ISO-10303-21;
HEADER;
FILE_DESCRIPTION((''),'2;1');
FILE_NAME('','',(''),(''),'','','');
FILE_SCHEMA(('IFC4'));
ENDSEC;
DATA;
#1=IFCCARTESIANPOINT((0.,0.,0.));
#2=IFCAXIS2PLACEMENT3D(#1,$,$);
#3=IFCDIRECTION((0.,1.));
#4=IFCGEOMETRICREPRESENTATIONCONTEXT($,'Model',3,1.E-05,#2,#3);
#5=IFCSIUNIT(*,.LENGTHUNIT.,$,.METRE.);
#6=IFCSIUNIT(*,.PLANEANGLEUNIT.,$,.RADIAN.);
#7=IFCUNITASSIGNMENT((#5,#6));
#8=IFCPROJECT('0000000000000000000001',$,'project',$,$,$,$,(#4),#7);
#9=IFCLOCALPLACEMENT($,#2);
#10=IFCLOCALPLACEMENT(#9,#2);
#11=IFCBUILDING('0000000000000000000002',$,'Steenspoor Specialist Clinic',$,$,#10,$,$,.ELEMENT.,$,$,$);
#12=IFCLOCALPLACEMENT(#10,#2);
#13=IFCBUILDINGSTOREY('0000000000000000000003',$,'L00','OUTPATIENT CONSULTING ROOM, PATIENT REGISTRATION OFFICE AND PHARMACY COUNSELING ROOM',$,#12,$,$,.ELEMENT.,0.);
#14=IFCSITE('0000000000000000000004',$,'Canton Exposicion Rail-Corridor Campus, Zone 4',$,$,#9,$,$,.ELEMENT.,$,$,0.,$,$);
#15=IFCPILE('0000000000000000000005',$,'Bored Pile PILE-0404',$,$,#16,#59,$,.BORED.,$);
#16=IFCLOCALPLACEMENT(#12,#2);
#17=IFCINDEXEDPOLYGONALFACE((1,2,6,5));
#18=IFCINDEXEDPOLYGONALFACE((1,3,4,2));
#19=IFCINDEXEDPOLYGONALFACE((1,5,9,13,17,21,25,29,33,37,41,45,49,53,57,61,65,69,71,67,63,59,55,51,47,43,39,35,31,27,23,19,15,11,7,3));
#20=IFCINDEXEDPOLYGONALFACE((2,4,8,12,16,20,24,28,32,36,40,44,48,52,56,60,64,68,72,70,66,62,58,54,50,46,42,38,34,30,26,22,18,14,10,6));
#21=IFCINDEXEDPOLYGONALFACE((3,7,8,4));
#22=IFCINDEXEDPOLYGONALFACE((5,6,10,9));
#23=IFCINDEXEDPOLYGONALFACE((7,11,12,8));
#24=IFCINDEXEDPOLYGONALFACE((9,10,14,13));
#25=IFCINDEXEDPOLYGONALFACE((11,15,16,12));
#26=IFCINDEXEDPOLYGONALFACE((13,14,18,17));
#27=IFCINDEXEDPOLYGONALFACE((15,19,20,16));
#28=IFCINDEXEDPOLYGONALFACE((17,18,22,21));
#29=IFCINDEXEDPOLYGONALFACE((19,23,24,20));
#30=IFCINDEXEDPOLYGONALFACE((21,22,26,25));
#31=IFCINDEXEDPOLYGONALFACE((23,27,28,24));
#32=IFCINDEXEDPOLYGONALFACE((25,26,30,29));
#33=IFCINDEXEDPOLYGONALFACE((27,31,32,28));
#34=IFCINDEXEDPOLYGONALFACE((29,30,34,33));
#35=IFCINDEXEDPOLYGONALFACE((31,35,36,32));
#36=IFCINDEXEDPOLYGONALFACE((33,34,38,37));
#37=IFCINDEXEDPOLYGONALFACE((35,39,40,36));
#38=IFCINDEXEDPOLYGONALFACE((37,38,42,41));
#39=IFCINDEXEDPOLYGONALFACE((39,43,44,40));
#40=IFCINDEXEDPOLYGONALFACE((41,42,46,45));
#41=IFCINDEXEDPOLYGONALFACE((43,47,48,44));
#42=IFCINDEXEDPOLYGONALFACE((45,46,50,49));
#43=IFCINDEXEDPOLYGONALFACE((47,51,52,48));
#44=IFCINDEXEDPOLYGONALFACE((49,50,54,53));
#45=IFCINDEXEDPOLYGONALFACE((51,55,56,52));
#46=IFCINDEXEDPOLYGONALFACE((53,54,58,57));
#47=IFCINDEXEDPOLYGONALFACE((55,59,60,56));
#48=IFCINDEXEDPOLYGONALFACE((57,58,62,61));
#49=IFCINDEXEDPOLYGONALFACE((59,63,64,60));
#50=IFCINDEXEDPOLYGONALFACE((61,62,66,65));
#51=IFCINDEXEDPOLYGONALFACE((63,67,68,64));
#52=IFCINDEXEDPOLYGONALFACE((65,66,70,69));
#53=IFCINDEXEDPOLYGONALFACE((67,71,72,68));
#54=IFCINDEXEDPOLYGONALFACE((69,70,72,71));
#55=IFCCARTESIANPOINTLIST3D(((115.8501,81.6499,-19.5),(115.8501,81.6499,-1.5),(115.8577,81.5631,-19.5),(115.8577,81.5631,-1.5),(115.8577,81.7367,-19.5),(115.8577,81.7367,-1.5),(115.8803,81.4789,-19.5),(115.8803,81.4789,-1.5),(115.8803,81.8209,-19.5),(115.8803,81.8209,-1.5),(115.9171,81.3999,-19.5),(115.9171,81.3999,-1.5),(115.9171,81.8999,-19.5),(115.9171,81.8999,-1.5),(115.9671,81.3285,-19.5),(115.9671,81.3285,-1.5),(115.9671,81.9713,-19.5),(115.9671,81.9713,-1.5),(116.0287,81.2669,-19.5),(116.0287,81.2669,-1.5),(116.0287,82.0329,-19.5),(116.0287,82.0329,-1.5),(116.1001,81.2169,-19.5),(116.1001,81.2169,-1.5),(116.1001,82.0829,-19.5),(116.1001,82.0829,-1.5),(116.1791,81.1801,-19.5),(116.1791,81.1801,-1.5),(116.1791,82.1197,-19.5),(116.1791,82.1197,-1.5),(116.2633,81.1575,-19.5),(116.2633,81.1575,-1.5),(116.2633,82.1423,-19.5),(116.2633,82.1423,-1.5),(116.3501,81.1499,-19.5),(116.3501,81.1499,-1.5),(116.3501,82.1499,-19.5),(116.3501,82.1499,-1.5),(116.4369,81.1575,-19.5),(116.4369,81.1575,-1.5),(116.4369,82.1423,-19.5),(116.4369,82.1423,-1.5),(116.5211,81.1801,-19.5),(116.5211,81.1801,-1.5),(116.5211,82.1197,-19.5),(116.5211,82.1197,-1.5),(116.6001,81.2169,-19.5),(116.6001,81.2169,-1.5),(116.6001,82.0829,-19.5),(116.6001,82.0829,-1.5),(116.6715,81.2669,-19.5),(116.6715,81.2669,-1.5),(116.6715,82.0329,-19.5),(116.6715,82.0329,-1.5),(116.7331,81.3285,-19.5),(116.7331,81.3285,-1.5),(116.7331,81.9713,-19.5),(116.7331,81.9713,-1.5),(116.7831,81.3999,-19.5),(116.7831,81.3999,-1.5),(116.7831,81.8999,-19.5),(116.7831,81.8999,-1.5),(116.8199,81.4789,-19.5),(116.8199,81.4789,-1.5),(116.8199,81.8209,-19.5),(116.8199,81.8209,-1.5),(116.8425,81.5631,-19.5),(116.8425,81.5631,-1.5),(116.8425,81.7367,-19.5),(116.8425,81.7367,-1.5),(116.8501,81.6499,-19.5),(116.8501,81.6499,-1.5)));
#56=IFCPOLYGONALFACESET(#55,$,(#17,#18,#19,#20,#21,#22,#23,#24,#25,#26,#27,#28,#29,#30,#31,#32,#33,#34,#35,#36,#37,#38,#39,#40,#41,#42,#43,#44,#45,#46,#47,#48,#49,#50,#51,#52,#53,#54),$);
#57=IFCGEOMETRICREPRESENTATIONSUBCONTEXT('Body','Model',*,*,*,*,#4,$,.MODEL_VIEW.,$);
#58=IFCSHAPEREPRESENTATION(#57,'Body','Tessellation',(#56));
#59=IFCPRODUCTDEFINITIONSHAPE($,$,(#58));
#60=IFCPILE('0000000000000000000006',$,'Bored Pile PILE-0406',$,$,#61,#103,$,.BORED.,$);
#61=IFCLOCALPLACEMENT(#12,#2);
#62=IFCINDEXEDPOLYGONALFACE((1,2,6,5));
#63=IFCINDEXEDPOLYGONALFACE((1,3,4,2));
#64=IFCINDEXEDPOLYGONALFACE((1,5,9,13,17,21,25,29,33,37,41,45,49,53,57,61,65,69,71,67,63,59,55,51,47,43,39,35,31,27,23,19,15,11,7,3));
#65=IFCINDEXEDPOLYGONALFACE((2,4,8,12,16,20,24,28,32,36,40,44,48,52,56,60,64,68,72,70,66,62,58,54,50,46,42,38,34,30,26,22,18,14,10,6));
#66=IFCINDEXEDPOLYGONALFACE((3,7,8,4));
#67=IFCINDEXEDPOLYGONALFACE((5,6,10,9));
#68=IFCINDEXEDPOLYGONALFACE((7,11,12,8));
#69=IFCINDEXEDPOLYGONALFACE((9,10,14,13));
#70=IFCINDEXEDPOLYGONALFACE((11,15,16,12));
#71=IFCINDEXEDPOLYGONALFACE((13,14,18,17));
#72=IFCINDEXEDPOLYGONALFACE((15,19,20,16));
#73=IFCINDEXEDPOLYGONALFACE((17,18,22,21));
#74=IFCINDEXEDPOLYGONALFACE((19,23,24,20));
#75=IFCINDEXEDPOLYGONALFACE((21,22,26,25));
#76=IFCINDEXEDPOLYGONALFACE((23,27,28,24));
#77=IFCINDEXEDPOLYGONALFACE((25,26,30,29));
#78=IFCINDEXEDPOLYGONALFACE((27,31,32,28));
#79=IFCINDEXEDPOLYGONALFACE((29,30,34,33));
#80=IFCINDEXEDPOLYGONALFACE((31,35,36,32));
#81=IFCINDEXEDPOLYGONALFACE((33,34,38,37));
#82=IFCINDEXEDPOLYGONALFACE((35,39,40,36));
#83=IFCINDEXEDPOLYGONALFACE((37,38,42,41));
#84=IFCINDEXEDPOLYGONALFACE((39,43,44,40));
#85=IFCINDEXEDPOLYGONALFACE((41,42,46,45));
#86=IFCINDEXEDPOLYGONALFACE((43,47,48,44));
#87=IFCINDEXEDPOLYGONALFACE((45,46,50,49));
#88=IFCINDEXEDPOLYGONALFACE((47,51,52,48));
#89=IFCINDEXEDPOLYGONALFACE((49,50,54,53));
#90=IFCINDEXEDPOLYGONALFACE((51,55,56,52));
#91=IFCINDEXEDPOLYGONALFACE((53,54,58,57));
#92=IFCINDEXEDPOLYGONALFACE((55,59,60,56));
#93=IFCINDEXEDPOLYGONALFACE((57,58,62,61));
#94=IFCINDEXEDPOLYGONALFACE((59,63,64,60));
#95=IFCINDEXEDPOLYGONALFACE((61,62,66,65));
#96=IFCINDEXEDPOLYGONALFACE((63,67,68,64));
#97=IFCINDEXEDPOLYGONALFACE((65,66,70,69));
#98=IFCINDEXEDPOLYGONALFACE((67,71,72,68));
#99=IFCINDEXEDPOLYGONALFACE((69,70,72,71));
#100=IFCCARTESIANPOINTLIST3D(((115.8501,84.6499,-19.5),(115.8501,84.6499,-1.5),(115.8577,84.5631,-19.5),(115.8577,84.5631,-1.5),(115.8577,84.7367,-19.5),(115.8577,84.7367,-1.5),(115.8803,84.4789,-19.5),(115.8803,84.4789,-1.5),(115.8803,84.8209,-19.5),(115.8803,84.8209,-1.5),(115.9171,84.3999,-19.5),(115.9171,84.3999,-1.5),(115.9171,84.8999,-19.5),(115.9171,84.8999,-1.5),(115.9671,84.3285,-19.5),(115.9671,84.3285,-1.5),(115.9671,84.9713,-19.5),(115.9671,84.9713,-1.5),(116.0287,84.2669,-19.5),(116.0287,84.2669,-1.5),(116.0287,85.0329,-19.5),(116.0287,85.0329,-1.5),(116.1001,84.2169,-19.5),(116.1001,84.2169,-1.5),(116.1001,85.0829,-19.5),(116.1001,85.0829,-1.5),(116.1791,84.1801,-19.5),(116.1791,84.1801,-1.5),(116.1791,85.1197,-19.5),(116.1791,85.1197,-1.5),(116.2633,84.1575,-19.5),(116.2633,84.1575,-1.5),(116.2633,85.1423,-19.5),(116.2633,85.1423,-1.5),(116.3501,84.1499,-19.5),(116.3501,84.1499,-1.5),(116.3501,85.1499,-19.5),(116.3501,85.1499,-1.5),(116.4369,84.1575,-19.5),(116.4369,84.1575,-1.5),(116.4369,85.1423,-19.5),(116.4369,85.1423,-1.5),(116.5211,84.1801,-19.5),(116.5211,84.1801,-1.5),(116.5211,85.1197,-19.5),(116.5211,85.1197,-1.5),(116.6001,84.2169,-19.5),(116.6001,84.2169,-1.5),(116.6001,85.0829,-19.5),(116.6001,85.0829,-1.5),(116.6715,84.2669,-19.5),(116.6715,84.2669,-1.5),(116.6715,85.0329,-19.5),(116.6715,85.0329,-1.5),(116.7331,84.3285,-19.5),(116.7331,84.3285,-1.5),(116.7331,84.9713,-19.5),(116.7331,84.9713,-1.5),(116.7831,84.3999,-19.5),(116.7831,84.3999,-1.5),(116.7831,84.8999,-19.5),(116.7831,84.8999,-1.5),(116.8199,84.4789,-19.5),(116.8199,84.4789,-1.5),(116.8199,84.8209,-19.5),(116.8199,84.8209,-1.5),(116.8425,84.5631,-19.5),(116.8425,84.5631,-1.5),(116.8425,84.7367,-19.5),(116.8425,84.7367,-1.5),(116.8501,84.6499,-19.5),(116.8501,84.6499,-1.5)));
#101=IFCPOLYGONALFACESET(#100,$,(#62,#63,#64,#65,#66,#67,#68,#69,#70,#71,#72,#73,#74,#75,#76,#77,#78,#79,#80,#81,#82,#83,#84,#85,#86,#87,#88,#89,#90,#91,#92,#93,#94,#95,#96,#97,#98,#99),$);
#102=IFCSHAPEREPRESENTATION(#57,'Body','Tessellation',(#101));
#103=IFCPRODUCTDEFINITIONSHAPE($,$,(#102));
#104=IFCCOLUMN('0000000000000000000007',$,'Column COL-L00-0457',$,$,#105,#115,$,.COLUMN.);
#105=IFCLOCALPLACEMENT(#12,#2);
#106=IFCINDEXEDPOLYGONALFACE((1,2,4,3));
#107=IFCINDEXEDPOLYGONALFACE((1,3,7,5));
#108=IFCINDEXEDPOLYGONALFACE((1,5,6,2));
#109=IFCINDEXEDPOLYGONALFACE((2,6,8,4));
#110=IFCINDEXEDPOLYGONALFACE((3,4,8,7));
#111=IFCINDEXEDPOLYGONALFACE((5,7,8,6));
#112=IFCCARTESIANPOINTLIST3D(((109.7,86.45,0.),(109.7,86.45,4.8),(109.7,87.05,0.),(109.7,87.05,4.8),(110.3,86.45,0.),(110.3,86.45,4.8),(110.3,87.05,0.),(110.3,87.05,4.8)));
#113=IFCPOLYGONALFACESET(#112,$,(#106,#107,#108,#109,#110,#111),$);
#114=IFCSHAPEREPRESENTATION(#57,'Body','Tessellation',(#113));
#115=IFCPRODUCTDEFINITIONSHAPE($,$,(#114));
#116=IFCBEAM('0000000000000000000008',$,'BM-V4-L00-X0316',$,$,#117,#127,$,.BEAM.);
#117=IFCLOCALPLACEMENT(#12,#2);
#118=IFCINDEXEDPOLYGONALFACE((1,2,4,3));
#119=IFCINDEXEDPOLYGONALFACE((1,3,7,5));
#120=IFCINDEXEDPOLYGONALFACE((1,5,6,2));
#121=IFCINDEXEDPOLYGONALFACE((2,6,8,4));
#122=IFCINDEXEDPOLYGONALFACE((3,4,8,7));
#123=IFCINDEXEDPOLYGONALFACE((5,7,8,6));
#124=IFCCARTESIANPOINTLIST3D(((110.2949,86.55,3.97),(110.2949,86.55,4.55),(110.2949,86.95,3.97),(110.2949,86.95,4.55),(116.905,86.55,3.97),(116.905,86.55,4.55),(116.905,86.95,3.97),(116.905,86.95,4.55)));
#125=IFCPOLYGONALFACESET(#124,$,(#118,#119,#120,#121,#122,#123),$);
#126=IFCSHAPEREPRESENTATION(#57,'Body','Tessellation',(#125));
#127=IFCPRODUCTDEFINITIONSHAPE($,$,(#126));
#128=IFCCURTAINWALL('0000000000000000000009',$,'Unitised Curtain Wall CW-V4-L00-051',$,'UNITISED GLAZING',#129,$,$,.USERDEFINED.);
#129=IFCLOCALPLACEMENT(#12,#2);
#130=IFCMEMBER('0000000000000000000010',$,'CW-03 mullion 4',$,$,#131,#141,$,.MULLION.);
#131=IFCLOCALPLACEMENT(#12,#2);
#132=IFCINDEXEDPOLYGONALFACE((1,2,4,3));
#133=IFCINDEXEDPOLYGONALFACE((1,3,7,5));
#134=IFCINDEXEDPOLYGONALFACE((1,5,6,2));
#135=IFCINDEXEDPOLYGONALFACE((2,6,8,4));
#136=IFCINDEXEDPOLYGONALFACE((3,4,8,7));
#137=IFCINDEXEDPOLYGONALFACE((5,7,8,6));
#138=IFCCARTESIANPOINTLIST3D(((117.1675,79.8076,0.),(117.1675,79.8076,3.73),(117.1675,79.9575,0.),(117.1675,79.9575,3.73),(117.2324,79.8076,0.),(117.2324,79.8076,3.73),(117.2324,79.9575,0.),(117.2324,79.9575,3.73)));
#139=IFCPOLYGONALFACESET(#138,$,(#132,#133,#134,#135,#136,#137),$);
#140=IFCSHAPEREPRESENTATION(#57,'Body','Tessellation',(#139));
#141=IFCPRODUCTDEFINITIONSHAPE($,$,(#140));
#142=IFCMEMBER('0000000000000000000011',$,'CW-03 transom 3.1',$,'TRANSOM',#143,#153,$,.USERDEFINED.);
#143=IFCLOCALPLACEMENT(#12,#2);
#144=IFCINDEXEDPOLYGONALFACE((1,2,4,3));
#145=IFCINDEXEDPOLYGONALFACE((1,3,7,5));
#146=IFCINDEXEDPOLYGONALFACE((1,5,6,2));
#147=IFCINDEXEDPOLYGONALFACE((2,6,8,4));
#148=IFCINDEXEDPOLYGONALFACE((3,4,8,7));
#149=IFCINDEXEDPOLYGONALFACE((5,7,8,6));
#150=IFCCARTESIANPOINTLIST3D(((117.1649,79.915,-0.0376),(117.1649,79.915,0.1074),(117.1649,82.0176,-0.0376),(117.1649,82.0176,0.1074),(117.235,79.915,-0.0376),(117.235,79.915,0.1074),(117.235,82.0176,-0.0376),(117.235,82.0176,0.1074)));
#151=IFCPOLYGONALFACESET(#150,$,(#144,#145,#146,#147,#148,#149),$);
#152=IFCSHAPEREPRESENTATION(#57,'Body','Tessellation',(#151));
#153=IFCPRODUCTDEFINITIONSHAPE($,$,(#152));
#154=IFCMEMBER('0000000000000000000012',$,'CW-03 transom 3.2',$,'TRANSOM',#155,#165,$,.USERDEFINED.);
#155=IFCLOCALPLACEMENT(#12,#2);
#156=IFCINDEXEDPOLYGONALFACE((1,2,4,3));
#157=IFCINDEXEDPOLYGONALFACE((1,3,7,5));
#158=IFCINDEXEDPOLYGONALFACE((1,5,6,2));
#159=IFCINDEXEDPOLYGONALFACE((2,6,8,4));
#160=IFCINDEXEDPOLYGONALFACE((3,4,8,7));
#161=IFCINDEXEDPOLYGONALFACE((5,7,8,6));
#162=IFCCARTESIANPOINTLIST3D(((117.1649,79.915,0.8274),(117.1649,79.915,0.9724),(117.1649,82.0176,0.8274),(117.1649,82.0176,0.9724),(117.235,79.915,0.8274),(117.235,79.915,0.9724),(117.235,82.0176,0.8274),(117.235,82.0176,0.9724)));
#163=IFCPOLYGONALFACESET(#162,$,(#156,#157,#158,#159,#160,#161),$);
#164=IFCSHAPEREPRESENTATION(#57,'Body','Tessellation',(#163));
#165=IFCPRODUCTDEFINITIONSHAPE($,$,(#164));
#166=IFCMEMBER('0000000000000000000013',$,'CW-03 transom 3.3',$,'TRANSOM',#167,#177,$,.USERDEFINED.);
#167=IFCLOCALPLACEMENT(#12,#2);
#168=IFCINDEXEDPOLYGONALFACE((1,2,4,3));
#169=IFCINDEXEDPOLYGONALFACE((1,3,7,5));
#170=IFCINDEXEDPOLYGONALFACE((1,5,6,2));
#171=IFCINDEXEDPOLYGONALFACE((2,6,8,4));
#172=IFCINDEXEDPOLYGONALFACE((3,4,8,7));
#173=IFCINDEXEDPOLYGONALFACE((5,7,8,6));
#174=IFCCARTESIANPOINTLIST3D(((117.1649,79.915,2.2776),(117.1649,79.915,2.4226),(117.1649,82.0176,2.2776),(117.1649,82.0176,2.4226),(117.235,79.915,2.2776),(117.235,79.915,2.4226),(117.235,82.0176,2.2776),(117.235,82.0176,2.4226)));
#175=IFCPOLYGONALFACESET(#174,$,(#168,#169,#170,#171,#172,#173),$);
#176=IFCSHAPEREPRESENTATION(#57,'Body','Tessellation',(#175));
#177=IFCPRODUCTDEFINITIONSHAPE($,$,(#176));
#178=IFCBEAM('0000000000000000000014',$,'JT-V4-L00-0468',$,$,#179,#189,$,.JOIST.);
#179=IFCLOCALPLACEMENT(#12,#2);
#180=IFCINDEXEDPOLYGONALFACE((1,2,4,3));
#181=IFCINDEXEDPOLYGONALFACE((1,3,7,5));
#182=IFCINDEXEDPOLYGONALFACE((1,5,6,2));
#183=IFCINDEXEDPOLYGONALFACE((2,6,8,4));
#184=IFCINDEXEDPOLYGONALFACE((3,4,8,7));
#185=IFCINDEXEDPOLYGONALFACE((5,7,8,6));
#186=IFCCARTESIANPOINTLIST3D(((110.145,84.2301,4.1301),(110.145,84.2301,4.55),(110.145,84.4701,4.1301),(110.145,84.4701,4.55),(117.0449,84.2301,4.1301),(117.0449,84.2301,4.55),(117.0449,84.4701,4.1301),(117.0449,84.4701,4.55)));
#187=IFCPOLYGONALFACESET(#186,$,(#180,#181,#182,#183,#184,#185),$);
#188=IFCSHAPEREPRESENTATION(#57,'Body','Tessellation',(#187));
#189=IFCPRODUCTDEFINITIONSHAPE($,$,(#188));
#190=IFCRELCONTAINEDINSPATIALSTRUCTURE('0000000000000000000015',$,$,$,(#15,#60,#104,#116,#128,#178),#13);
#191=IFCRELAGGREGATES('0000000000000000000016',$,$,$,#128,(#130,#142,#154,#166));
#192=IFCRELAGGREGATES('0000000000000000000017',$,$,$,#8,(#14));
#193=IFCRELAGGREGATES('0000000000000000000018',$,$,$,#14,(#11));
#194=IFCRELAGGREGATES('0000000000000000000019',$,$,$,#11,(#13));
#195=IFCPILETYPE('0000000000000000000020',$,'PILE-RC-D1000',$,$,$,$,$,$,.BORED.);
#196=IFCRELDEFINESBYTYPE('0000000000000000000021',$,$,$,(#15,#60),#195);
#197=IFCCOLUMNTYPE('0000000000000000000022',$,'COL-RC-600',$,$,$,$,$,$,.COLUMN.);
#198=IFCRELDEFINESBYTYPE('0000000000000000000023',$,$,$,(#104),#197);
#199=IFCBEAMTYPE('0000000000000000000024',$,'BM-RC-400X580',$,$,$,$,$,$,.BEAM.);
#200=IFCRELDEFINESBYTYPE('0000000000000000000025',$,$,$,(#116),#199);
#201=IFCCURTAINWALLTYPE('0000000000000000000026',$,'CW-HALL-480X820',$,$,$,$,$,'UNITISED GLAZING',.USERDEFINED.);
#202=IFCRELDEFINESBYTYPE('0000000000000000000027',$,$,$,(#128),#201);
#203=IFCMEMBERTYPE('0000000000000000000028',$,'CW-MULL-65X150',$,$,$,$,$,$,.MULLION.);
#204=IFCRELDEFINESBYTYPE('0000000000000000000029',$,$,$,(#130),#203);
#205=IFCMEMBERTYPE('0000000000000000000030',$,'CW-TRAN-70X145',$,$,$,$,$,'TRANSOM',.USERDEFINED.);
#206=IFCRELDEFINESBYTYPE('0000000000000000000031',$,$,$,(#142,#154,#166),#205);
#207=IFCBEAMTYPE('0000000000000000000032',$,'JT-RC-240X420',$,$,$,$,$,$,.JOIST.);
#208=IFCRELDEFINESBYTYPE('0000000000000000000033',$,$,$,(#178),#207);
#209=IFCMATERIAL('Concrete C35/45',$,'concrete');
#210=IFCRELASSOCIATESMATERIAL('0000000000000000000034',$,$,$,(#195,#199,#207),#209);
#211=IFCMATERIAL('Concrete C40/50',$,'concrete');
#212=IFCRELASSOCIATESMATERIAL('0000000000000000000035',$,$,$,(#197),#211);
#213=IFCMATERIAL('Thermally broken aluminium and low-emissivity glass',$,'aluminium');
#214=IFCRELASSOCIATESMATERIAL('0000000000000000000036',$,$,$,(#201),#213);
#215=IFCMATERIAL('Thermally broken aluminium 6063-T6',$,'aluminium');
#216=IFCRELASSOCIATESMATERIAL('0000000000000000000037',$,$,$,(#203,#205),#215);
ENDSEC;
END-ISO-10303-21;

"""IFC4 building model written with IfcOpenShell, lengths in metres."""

from ifc_helpers import new_model, si_unit, direction, frame, origin, origin_2d, place, context, subcontext, project, spatial, rectangle, circle, extrude, material, material_profile, profile_set, type_object, element, aggregate, save


model = new_model("IFC4")

# Units and contexts
model_context = context("Model", 3, precision=1e-05, world=origin(), true_north=direction((0.0, 1.0)))
body_context = subcontext(model_context, "Body", "Model", "MODEL_VIEW")
ifc_project = project(units=[si_unit("LENGTHUNIT", "METRE"), si_unit("PLANEANGLEUNIT", "RADIAN")], contexts=[model_context])

# Site, building, storey
site_placement = place(None, origin())
site = spatial("IfcSite", under=ifc_project, at=site_placement, Name="Canton Exposicion Rail-Corridor Campus, Zone 4", CompositionType="ELEMENT", RefElevation=0.0)
building_placement = place(site_placement, origin())
building = spatial("IfcBuilding", under=site, at=building_placement, Name="Steenspoor Specialist Clinic", CompositionType="ELEMENT")
storey_placement = place(building_placement, origin())
storey = spatial("IfcBuildingStorey", under=building, at=storey_placement, Name="L00", Description="OUTPATIENT CONSULTING ROOM, PATIENT REGISTRATION OFFICE AND PHARMACY COUNSELING ROOM", CompositionType="ELEMENT", Elevation=0.0)

# Shared definitions
ifc_material_1 = material(Name="Concrete C35/45", Category="concrete")

# Piles
ifc_material_profile_1 = material_profile(ifc_material_1, circle(Radius=0.5, at=origin_2d()), Name="PILE-D1000")
ifc_profile_set_1 = profile_set([ifc_material_profile_1], Name="Concrete C35/45")
pile_type = type_object("IfcPileType", Name="PILE-RC-D1000", PredefinedType="BORED", material=ifc_profile_set_1)
for number, where, z_axis, x_axis, name in (
    (1, (116.3501, 81.6499, -1.5), (0.0, 0.0, -1.0), (1.0, 0.0, 0.0), "Bored Pile PILE-0404"),
    (2, (116.3501, 84.6499, -1.5), (0.0, 0.0, -1.0), (1.0, 0.0, 0.0), "Bored Pile PILE-0406"),
):
    element("IfcPile", number, at=place(storey_placement, frame(where, z_axis=z_axis, x_axis=x_axis)), inside=storey, type_object=pile_type, Name=name, PredefinedType="BORED", context=body_context, shape_type="SweptSolid", body=[
        extrude(circle(Radius=0.5, at=origin_2d()), origin(), (0.0, 0.0, 1.0), 18.0),
    ])

# Column
ifc_material_2 = material(Name="Concrete C40/50", Category="concrete")
ifc_material_profile_2 = material_profile(ifc_material_2, rectangle(XDim=0.6001, YDim=0.6001, at=origin_2d()), Name="RC-COL-600X600")
ifc_profile_set_2 = profile_set([ifc_material_profile_2], Name="Concrete C40/50")
column_type = type_object("IfcColumnType", Name="COL-RC-600", PredefinedType="COLUMN", material=ifc_profile_set_2)
column_placement = place(storey_placement, frame((110.0, 86.75, 0.0), z_axis=(0.0, 0.0, 1.0), x_axis=(1.0, 0.0, 0.0)))
element("IfcColumn", 3, at=column_placement, inside=storey, type_object=column_type, Name="Column COL-L00-0457", PredefinedType="COLUMN", context=body_context, shape_type="SweptSolid", body=[
    extrude(rectangle(XDim=0.6001, YDim=0.6001, at=origin_2d()), origin(), (0.0, 0.0, 1.0), 4.8),
])

# Beam
ifc_material_profile_3 = material_profile(ifc_material_1, rectangle(XDim=0.3999, YDim=0.5801, at=origin_2d()), Name="RC-BM-400X580")
ifc_profile_set_3 = profile_set([ifc_material_profile_3], Name="Concrete C35/45")
beam_type_1 = type_object("IfcBeamType", Name="BM-RC-400X580", PredefinedType="BEAM", material=ifc_profile_set_3)
beam_1_placement = place(storey_placement, frame((110.2949, 86.75, 4.26), z_axis=(1.0, 0.0, 0.0), x_axis=(0.0, 1.0, 0.0)))
element("IfcBeam", 4, at=beam_1_placement, inside=storey, type_object=beam_type_1, Name="BM-V4-L00-X0316", PredefinedType="BEAM", context=body_context, shape_type="SweptSolid", body=[
    extrude(rectangle(XDim=0.3999, YDim=0.5801, at=origin_2d()), origin(), (0.0, 0.0, 1.0), 6.6101),
])

# Curtain wall, members
ifc_material_3 = material(Name="Thermally broken aluminium and low-emissivity glass", Category="aluminium")
curtain_wall_type = type_object("IfcCurtainWallType", Name="CW-HALL-480X820", ElementType="UNITISED GLAZING", PredefinedType="USERDEFINED", material=ifc_material_3)
curtain_wall_placement = place(storey_placement, origin())
curtain_wall = element("IfcCurtainWall", 5, at=curtain_wall_placement, inside=storey, type_object=curtain_wall_type, Name="Unitised Curtain Wall CW-V4-L00-051", ObjectType="UNITISED GLAZING", PredefinedType="USERDEFINED")
ifc_material_4 = material(Name="Thermally broken aluminium 6063-T6", Category="aluminium")
ifc_material_profile_4 = material_profile(ifc_material_4, rectangle(XDim=0.0649, YDim=0.1499, at=origin_2d()), Name="CWM-65X150")
ifc_profile_set_4 = profile_set([ifc_material_profile_4], Name="Thermally broken aluminium 6063-T6")
member_type_1 = type_object("IfcMemberType", Name="CW-MULL-65X150", PredefinedType="MULLION", material=ifc_profile_set_4)
member_1_placement = place(storey_placement, frame((117.2, 79.8826, 0.0), z_axis=(0.0, 0.0, 1.0), x_axis=(1.0, 0.0, 0.0)))
member_1 = element("IfcMember", 6, at=member_1_placement, type_object=member_type_1, Name="CW-03 mullion 4", PredefinedType="MULLION", context=body_context, shape_type="SweptSolid", body=[
    extrude(rectangle(XDim=0.0649, YDim=0.1499, at=origin_2d()), origin(), (0.0, 0.0, 1.0), 3.73),
])
ifc_material_profile_5 = material_profile(ifc_material_4, rectangle(XDim=0.0701, YDim=0.145, at=origin_2d()), Name="CWT-70X145")
ifc_profile_set_5 = profile_set([ifc_material_profile_5], Name="Thermally broken aluminium 6063-T6")
member_type_2 = type_object("IfcMemberType", Name="CW-TRAN-70X145", ElementType="TRANSOM", PredefinedType="USERDEFINED", material=ifc_profile_set_5)
member_2_placement = place(storey_placement, frame((117.2, 82.0176, 0.0349), z_axis=(0.0, -1.0, 0.0), x_axis=(1.0, 0.0, 0.0)))
member_2 = element("IfcMember", 7, at=member_2_placement, type_object=member_type_2, Name="CW-03 transom 3.1", ObjectType="TRANSOM", PredefinedType="USERDEFINED", context=body_context, shape_type="SweptSolid", body=[
    extrude(rectangle(XDim=0.0701, YDim=0.145, at=origin_2d()), origin(), (0.0, 0.0, 1.0), 2.1025),
])
member_3_placement = place(storey_placement, frame((117.2, 82.0176, 0.8999), z_axis=(0.0, -1.0, 0.0), x_axis=(1.0, 0.0, 0.0)))
member_3 = element("IfcMember", 8, at=member_3_placement, type_object=member_type_2, Name="CW-03 transom 3.2", ObjectType="TRANSOM", PredefinedType="USERDEFINED", context=body_context, shape_type="SweptSolid", body=[
    extrude(rectangle(XDim=0.0701, YDim=0.145, at=origin_2d()), origin(), (0.0, 0.0, 1.0), 2.1025),
])
member_4_placement = place(storey_placement, frame((117.2, 82.0176, 2.3501), z_axis=(0.0, -1.0, 0.0), x_axis=(1.0, 0.0, 0.0)))
member_4 = element("IfcMember", 9, at=member_4_placement, type_object=member_type_2, Name="CW-03 transom 3.3", ObjectType="TRANSOM", PredefinedType="USERDEFINED", context=body_context, shape_type="SweptSolid", body=[
    extrude(rectangle(XDim=0.0701, YDim=0.145, at=origin_2d()), origin(), (0.0, 0.0, 1.0), 2.1025),
])

# Beam
ifc_material_profile_6 = material_profile(ifc_material_1, rectangle(XDim=0.24, YDim=0.4199, at=origin_2d()), Name="RC-JT-240X420")
ifc_profile_set_6 = profile_set([ifc_material_profile_6], Name="Concrete C35/45")
beam_type_2 = type_object("IfcBeamType", Name="JT-RC-240X420", PredefinedType="JOIST", material=ifc_profile_set_6)
beam_2_placement = place(storey_placement, frame((110.145, 84.3501, 4.3401), z_axis=(1.0, 0.0, 0.0), x_axis=(0.0, 1.0, 0.0)))
element("IfcBeam", 10, at=beam_2_placement, inside=storey, type_object=beam_type_2, Name="JT-V4-L00-0468", PredefinedType="JOIST", context=body_context, shape_type="SweptSolid", body=[
    extrude(rectangle(XDim=0.24, YDim=0.4199, at=origin_2d()), origin(), (0.0, 0.0, 1.0), 6.8999),
])

aggregate(curtain_wall, [member_1, member_2, member_3, member_4])

save(model, "model.ifc")
